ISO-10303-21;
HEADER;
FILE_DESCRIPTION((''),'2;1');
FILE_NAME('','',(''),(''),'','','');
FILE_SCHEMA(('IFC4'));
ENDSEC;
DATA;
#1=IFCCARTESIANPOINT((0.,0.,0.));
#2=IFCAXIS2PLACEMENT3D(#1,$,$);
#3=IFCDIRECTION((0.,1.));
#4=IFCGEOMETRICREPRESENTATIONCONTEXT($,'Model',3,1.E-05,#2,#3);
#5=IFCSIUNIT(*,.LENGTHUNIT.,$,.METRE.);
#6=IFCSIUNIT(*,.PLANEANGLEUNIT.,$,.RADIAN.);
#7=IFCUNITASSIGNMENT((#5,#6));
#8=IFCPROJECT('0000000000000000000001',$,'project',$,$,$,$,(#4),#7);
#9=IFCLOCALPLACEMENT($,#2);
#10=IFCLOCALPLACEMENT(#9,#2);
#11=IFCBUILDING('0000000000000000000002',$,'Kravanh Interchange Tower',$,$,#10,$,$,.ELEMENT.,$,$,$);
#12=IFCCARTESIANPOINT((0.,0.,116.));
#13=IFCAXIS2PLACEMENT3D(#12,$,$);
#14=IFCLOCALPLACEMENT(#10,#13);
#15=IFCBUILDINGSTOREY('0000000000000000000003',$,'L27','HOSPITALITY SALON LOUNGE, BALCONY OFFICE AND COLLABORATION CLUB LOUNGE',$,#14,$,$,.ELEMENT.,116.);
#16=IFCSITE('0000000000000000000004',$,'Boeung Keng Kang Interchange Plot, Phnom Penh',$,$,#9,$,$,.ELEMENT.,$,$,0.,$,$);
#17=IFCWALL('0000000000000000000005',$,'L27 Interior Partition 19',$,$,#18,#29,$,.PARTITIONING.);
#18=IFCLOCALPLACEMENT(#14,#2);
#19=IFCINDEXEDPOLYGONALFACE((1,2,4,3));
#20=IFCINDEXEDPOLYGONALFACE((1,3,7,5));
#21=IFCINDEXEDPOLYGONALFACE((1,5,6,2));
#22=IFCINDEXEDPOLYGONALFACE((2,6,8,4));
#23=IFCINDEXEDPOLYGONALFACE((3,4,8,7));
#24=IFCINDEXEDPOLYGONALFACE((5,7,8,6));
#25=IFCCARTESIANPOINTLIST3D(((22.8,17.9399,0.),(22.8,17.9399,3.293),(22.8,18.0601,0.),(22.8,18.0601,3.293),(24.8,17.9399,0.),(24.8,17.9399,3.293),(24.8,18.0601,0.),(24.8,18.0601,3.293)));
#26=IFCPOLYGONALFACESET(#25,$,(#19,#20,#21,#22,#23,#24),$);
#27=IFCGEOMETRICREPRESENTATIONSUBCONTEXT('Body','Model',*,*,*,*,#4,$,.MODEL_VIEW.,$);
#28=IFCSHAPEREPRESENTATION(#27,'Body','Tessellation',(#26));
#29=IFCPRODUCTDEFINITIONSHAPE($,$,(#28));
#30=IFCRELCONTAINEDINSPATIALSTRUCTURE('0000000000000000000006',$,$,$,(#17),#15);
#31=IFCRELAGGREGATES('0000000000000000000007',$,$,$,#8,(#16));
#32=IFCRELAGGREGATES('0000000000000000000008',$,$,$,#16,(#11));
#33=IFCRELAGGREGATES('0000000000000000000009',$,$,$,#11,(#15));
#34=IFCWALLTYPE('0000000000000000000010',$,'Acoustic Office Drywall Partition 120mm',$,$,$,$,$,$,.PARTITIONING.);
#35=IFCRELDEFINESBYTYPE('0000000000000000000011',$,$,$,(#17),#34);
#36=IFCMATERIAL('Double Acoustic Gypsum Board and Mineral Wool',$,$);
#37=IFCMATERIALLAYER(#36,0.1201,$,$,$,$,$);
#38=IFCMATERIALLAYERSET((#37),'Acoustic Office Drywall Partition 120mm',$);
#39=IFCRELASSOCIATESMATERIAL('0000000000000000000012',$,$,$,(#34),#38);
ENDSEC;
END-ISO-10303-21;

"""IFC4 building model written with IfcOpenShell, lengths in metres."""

from ifc_helpers import new_model, si_unit, direction, frame, frame_2d, origin, place, context, subcontext, project, spatial, rectangle, extrude, material, layer, layer_set, type_object, element, save


model = new_model("IFC4")

# Units and contexts
model_context = context("Model", 3, precision=1e-05, world=origin(), true_north=direction((0.0, 1.0)))
body_context = subcontext(model_context, "Body", "Model", "MODEL_VIEW")
ifc_project = project(units=[si_unit("LENGTHUNIT", "METRE"), si_unit("PLANEANGLEUNIT", "RADIAN")], contexts=[model_context])

# Site, building, storey
site_placement = place(None, origin())
site = spatial("IfcSite", under=ifc_project, at=site_placement, Name="Boeung Keng Kang Interchange Plot, Phnom Penh", CompositionType="ELEMENT", RefElevation=0.0)
building_placement = place(site_placement, origin())
building = spatial("IfcBuilding", under=site, at=building_placement, Name="Kravanh Interchange Tower", CompositionType="ELEMENT")
storey_placement = place(building_placement, frame((0.0, 0.0, 116.0)))
storey = spatial("IfcBuildingStorey", under=building, at=storey_placement, Name="L27", Description="HOSPITALITY SALON LOUNGE, BALCONY OFFICE AND COLLABORATION CLUB LOUNGE", CompositionType="ELEMENT", Elevation=116.0)

# Shared definitions
ifc_material_1 = material(Name="Double Acoustic Gypsum Board and Mineral Wool")
ifc_layer_1 = layer(ifc_material_1, 0.1201)
ifc_layer_set_1 = layer_set([ifc_layer_1], Name="Acoustic Office Drywall Partition 120mm")
wall_type = type_object("IfcWallType", Name="Acoustic Office Drywall Partition 120mm", PredefinedType="PARTITIONING", material=ifc_layer_set_1)

# Wall
wall_1_placement = place(storey_placement, frame((22.8, 18.0, 0.0), z_axis=(0.0, 0.0, 1.0), x_axis=(1.0, 0.0, 0.0)))
element("IfcWall", 1, at=wall_1_placement, inside=storey, type_object=wall_type, Name="L27 Interior Partition 19", PredefinedType="PARTITIONING", context=body_context, shape_type="SweptSolid", body=[
    extrude(rectangle(XDim=2.0, YDim=0.1201, at=frame_2d((1.0, 0.0))), origin(), (0.0, 0.0, 1.0), 3.293),
])

save(model, "model.ifc")
